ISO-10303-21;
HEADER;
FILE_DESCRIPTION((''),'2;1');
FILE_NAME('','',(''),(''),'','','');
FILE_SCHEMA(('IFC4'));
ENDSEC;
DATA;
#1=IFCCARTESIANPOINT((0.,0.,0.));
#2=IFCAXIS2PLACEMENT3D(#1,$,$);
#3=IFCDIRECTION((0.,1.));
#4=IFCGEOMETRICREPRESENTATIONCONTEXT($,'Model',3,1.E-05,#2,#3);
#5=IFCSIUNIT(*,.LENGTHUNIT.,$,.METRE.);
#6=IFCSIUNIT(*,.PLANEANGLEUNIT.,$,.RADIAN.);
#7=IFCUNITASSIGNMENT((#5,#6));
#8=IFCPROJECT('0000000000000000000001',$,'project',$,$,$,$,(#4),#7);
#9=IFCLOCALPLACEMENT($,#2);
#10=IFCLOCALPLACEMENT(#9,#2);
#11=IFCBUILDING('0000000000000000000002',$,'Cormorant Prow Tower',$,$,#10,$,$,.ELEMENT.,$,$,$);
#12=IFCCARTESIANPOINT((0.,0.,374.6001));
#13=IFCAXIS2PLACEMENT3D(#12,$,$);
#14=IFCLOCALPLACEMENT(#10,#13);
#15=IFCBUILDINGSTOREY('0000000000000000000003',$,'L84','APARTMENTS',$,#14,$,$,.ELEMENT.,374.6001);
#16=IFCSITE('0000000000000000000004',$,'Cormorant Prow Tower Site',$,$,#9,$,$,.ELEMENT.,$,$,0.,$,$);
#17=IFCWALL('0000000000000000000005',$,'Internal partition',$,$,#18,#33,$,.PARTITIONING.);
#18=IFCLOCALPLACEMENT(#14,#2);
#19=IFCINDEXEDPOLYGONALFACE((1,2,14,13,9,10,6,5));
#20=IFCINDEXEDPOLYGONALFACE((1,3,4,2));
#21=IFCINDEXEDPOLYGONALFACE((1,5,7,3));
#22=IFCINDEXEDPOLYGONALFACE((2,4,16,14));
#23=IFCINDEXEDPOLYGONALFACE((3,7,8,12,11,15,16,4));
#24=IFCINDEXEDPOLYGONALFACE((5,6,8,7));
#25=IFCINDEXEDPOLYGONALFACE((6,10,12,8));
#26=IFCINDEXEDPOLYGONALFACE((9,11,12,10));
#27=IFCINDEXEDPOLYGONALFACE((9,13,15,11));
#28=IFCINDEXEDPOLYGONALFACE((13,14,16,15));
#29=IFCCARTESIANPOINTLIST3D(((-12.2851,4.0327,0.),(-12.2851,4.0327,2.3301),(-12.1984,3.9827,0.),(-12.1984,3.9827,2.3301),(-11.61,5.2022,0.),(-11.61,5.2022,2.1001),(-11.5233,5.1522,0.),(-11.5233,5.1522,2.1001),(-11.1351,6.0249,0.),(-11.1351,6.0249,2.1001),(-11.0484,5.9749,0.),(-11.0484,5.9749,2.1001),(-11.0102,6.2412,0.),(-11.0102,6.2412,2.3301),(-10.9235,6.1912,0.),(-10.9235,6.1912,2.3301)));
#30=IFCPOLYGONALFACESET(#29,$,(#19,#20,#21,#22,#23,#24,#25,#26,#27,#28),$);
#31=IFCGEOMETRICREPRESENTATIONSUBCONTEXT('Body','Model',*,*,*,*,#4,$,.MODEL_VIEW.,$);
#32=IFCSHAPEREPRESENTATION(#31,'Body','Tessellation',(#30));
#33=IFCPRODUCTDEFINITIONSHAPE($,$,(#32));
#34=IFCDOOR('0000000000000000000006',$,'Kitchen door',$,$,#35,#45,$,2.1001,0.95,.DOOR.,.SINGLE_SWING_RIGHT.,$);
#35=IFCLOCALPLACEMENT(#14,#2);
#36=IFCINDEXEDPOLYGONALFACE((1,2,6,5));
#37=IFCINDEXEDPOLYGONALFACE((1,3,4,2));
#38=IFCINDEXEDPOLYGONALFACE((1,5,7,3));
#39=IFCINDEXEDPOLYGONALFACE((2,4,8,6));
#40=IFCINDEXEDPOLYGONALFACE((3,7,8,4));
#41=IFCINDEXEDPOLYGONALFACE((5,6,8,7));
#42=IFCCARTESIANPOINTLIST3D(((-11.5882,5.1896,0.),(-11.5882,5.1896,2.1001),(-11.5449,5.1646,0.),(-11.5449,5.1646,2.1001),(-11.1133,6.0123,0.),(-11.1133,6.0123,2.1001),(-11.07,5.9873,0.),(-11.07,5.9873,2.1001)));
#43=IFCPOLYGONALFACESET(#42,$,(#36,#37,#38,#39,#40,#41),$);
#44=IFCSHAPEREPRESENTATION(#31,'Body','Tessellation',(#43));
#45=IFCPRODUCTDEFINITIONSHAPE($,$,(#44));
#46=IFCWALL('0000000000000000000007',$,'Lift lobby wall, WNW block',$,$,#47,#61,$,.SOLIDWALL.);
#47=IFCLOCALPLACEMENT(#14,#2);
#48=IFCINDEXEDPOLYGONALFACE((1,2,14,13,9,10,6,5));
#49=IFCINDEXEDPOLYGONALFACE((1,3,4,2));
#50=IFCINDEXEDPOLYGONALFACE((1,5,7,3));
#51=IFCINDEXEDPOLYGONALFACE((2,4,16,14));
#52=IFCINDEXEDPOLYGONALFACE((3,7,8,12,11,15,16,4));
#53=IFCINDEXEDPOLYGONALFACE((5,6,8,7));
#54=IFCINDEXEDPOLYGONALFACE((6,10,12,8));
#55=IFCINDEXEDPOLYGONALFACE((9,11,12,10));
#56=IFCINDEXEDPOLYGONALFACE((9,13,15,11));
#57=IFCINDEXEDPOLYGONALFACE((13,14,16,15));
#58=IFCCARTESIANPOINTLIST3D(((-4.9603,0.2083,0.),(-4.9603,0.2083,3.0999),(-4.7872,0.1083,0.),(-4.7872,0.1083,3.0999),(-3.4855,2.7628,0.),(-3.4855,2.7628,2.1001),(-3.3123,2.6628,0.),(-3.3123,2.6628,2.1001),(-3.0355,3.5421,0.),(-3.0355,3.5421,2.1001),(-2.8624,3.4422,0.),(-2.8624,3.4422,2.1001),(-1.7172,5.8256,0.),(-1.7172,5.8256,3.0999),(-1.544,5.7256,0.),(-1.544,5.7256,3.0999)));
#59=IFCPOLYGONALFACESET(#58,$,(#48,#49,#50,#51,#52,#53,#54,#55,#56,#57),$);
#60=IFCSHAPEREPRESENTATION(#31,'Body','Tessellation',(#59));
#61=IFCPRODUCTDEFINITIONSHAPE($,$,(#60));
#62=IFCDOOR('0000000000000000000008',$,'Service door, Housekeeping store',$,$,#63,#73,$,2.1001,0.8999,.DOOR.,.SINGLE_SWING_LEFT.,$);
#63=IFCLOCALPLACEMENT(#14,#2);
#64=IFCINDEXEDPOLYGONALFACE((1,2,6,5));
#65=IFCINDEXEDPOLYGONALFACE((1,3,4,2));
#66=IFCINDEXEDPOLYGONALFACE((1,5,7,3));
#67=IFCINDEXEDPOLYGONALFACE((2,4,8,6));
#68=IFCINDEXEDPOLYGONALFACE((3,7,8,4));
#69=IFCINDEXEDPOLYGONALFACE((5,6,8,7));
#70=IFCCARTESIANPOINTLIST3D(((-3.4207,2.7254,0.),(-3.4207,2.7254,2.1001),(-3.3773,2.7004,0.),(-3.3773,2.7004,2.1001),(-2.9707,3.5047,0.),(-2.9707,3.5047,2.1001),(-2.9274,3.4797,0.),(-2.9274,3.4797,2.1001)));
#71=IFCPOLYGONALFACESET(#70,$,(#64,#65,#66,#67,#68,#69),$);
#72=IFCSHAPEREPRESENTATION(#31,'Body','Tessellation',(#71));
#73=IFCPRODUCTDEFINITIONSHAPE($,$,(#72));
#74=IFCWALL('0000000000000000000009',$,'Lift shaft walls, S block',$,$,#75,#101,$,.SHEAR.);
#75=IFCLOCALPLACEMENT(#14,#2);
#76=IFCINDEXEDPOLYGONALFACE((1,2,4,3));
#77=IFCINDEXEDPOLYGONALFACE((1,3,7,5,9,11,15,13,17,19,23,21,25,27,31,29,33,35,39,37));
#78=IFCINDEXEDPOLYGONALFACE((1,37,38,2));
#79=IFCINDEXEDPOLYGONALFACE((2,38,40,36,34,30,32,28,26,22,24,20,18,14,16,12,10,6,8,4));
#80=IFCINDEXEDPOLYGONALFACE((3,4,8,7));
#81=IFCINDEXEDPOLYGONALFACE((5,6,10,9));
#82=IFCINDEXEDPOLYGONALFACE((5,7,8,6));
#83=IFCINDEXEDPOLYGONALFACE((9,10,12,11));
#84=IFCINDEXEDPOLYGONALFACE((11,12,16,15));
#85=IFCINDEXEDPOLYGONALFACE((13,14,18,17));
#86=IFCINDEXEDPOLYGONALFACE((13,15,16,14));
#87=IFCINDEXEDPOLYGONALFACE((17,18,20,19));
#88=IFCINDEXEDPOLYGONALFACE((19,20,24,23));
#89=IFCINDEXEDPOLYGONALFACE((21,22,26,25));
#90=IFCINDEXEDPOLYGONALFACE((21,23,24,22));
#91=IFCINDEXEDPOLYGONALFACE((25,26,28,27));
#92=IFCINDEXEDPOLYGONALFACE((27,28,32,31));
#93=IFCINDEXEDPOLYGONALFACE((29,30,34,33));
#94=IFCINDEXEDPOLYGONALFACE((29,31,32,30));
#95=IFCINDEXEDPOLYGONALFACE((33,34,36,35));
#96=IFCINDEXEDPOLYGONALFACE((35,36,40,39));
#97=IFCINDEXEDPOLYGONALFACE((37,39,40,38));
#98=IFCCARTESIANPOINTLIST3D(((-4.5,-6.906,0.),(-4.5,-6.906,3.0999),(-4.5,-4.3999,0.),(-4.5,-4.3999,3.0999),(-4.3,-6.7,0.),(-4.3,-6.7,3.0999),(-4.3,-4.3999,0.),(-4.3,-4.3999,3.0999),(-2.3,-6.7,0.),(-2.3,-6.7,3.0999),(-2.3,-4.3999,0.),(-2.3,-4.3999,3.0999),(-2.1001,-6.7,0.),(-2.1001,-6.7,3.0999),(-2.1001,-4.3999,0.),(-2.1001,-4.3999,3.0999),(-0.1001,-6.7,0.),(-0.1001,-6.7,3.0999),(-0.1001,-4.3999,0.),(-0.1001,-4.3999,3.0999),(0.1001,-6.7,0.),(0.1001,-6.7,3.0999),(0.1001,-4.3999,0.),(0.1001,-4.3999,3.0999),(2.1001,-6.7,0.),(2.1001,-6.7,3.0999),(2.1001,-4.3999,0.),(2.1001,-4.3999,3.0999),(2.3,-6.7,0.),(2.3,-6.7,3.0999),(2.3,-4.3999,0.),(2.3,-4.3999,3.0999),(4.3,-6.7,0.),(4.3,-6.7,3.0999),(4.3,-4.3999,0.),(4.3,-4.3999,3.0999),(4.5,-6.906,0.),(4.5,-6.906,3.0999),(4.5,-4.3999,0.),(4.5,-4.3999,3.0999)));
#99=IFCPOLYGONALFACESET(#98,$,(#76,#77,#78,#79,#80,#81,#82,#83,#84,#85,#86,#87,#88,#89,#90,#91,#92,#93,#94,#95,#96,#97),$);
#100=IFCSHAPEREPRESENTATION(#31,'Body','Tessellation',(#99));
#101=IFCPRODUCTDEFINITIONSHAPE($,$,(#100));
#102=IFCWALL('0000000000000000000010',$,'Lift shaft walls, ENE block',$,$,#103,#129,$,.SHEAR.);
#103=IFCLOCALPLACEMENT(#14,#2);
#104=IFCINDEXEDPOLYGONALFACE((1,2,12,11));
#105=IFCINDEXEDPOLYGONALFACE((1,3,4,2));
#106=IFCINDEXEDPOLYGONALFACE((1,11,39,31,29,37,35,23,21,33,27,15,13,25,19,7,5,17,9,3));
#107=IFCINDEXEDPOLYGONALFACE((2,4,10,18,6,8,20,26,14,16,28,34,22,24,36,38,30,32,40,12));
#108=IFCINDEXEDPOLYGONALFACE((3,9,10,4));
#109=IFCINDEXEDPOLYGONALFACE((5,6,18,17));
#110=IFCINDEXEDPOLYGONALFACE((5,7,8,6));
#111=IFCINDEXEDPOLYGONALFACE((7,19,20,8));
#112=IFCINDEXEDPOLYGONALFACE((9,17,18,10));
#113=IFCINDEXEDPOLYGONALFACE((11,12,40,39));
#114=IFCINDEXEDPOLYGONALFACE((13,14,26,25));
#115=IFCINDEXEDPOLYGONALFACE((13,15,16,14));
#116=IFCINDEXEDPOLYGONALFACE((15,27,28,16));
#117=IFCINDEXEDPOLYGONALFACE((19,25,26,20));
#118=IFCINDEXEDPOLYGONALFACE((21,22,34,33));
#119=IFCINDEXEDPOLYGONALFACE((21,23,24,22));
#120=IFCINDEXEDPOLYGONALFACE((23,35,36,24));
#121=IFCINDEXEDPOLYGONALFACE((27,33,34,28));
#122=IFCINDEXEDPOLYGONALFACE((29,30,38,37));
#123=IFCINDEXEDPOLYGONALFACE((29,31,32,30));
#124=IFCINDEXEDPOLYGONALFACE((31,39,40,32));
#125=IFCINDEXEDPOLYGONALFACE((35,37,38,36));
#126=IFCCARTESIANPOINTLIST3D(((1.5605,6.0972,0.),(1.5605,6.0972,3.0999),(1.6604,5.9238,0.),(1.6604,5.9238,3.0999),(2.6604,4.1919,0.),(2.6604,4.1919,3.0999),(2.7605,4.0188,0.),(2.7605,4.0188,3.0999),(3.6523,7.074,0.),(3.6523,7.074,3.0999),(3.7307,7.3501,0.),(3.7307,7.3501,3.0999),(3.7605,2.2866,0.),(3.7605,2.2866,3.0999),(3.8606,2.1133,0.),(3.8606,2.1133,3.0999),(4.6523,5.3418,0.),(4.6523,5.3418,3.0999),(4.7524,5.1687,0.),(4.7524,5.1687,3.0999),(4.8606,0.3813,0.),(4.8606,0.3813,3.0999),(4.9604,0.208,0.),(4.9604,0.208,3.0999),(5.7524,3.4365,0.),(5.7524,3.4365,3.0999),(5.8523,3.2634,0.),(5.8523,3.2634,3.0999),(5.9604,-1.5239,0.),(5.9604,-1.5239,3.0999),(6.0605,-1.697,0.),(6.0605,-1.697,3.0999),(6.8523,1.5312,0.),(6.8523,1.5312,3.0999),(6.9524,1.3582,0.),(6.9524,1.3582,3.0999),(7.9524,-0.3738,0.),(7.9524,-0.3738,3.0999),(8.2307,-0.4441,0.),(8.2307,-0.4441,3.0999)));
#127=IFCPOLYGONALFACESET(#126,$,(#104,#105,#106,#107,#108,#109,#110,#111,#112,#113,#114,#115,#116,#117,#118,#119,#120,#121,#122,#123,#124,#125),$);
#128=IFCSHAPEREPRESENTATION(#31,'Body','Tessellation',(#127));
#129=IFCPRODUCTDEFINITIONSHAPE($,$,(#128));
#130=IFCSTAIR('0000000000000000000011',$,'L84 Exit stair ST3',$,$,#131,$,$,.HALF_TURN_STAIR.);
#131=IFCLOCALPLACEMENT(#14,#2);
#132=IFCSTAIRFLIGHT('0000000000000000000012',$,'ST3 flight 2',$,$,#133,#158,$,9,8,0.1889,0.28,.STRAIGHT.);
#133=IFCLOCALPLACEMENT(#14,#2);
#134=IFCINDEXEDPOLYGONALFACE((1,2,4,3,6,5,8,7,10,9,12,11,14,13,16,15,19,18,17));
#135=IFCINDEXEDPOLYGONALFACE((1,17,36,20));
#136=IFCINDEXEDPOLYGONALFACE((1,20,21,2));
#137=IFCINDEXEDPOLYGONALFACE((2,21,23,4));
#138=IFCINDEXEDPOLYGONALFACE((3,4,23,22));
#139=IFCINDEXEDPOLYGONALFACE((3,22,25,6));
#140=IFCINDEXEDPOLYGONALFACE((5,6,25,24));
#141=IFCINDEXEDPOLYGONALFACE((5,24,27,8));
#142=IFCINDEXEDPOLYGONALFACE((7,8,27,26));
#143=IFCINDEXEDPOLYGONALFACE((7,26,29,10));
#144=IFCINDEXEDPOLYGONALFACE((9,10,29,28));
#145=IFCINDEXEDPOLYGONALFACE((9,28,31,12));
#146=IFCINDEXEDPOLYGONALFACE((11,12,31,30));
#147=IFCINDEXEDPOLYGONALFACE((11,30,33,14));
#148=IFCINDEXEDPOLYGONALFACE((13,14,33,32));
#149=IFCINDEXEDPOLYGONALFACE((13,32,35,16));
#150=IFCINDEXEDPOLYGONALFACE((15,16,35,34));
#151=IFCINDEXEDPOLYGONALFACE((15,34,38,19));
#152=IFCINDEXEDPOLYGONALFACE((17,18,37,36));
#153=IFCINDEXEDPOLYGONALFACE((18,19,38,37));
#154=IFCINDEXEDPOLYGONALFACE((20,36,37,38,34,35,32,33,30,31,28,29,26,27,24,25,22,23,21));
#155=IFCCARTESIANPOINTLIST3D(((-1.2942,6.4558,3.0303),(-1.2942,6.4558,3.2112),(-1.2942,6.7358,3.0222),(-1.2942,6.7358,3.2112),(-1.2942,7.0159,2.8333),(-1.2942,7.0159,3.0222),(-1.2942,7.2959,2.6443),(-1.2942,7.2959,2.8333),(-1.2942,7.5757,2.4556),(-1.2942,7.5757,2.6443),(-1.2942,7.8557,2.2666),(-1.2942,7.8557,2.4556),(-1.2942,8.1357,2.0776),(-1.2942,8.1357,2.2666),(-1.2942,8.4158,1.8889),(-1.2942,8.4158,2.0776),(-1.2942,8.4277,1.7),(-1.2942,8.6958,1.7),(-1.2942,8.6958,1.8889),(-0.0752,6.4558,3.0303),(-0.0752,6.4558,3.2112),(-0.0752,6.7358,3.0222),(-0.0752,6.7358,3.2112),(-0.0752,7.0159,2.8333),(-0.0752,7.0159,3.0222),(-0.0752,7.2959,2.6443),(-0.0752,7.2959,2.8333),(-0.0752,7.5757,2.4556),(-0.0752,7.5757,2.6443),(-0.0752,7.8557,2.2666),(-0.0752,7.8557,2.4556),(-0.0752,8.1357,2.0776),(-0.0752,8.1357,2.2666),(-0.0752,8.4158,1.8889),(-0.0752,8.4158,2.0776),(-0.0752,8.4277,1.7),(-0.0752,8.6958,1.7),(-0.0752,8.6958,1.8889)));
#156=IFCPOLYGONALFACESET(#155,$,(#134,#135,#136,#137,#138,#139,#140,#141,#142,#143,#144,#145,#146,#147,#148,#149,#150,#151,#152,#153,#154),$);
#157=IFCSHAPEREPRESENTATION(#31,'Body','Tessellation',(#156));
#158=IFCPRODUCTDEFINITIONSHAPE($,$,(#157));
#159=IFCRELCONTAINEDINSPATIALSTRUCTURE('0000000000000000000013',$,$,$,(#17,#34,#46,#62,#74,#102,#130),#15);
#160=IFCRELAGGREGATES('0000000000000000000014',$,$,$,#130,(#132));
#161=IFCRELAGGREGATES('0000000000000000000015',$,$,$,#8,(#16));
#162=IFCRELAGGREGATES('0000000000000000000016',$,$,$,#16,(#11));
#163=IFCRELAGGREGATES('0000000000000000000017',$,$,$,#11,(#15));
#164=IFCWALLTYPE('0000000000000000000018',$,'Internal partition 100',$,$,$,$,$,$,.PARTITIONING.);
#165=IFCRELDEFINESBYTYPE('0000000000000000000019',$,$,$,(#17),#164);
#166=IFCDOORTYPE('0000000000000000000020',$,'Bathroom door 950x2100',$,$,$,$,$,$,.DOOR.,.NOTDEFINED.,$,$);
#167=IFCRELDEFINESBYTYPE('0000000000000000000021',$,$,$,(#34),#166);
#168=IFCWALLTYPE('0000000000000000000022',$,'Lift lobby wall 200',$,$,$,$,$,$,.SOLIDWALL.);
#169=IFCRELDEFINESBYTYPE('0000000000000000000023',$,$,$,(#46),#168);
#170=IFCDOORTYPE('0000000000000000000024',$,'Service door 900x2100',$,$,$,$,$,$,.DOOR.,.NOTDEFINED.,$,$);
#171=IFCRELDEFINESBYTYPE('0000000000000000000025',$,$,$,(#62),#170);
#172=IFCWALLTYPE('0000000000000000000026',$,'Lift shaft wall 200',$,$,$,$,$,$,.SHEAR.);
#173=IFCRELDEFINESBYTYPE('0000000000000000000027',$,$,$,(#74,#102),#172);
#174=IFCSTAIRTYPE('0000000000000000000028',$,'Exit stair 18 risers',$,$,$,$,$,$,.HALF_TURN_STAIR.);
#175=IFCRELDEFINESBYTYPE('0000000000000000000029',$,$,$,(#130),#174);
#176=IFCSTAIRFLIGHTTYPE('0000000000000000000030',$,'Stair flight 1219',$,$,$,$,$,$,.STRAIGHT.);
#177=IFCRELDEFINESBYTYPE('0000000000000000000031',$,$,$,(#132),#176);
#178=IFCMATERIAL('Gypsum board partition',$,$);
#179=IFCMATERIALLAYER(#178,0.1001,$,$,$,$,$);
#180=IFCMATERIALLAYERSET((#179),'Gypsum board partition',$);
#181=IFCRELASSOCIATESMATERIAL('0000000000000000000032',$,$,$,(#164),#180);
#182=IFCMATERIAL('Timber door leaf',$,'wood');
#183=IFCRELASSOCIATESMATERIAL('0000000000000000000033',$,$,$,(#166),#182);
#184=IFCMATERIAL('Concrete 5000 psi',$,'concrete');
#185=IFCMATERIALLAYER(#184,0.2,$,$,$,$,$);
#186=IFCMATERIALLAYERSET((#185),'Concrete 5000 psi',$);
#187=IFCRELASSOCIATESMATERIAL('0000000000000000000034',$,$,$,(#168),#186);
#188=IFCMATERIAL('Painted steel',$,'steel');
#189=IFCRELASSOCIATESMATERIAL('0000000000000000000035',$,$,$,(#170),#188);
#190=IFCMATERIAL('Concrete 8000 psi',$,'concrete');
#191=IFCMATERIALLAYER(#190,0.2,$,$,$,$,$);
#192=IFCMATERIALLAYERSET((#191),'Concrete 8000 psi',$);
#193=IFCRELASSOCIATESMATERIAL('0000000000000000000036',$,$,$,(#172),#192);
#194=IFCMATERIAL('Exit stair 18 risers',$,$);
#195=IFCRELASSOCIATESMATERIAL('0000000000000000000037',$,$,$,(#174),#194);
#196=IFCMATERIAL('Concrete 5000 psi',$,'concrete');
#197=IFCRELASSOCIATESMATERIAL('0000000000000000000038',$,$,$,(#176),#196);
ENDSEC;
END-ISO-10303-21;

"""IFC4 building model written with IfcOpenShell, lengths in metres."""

from ifc_helpers import new_model, si_unit, direction, frame, frame_2d, origin, place, context, subcontext, project, spatial, polyline, rectangle, outline, extrude, material, layer, layer_set, type_object, element, fill, aggregate, save


model = new_model("IFC4")

# Units and contexts
model_context = context("Model", 3, precision=1e-05, world=origin(), true_north=direction((0.0, 1.0)))
body_context = subcontext(model_context, "Body", "Model", "MODEL_VIEW")
ifc_project = project(units=[si_unit("LENGTHUNIT", "METRE"), si_unit("PLANEANGLEUNIT", "RADIAN")], contexts=[model_context])

# Site, building, storey
site_placement = place(None, origin())
site = spatial("IfcSite", under=ifc_project, at=site_placement, Name="Cormorant Prow Tower Site", CompositionType="ELEMENT", RefElevation=0.0)
building_placement = place(site_placement, origin())
building = spatial("IfcBuilding", under=site, at=building_placement, Name="Cormorant Prow Tower", CompositionType="ELEMENT")
storey_placement = place(building_placement, frame((0.0, 0.0, 374.6001)))
storey = spatial("IfcBuildingStorey", under=building, at=storey_placement, Name="L84", Description="APARTMENTS", CompositionType="ELEMENT", Elevation=374.6001)

# Walls, openings, doors
ifc_material_1 = material(Name="Gypsum board partition")
ifc_layer_1 = layer(ifc_material_1, 0.1001)
ifc_layer_set_1 = layer_set([ifc_layer_1], Name="Gypsum board partition")
wall_type_1 = type_object("IfcWallType", Name="Internal partition 100", PredefinedType="PARTITIONING", material=ifc_layer_set_1)
wall_1_placement = place(storey_placement, frame((-12.2417, 4.0078, 0.0), z_axis=(0.0, 0.0, 1.0), x_axis=(0.499949, 0.866055, 0.0)))
wall_1 = element("IfcWall", 1, at=wall_1_placement, inside=storey, type_object=wall_type_1, Name="Internal partition", PredefinedType="PARTITIONING", context=body_context, shape_type="SweptSolid", body=[
    extrude(rectangle(XDim=2.55, YDim=0.1001, at=frame_2d((1.2749, 0.0))), origin(), (0.0, 0.0, 1.0), 2.3301),
])
opening_1_placement = place(wall_1_placement, frame((1.3501, 0.0, 0.0)))
opening_1 = element("IfcOpeningElement", 2, at=opening_1_placement, cuts=wall_1, PredefinedType="OPENING", context=body_context, shape_type="SweptSolid", body=[
    extrude(rectangle(XDim=0.95, YDim=2.1001, at=frame_2d((0.4751, 1.05))), frame((0.0, 0.0601, 0.0), z_axis=(0.0, -1.0, 0.0), x_axis=(1.0, 0.0, 0.0)), (0.0, 0.0, 1.0), 0.1201),
])
ifc_material_2 = material(Name="Timber door leaf", Category="wood")
door_type_1 = type_object("IfcDoorType", Name="Bathroom door 950x2100", OperationType="NOTDEFINED", PredefinedType="DOOR", material=ifc_material_2)
door_1_placement = place(opening_1_placement, origin())
door_1 = element("IfcDoor", 3, at=door_1_placement, inside=storey, type_object=door_type_1, Name="Kitchen door", OperationType="SINGLE_SWING_RIGHT", OverallHeight=2.1001, OverallWidth=0.95, PredefinedType="DOOR", context=body_context, shape_type="SweptSolid", body=[
    extrude(rectangle(XDim=0.95, YDim=2.1001, at=frame_2d((0.4751, 1.05))), frame((0.0, 0.0249, 0.0), z_axis=(0.0, -1.0, 0.0), x_axis=(1.0, 0.0, 0.0)), (0.0, 0.0, 1.0), 0.05),
])
fill(opening_1, door_1)
ifc_material_3 = material(Name="Concrete 5000 psi", Category="concrete")
ifc_layer_2 = layer(ifc_material_3, 0.2)
ifc_layer_set_2 = layer_set([ifc_layer_2], Name="Concrete 5000 psi")
wall_type_2 = type_object("IfcWallType", Name="Lift lobby wall 200", PredefinedType="SOLIDWALL", material=ifc_layer_set_2)
wall_2_placement = place(storey_placement, frame((-1.6306, 5.7756, 0.0), z_axis=(0.0, 0.0, 1.0), x_axis=(-0.499993, -0.86603, 0.0)))
wall_2 = element("IfcWall", 4, at=wall_2_placement, inside=storey, type_object=wall_type_2, Name="Lift lobby wall, WNW block", PredefinedType="SOLIDWALL", context=body_context, shape_type="SweptSolid", body=[
    extrude(rectangle(XDim=6.4863, YDim=0.2, at=frame_2d((3.2432, 0.0))), origin(), (0.0, 0.0, 1.0), 3.0999),
])
opening_2_placement = place(wall_2_placement, frame((2.6367, 0.0, 0.0)))
opening_2 = element("IfcOpeningElement", 5, at=opening_2_placement, cuts=wall_2, PredefinedType="OPENING", context=body_context, shape_type="SweptSolid", body=[
    extrude(rectangle(XDim=0.8999, YDim=2.1001, at=frame_2d((0.45, 1.05))), frame((0.0, 0.1099, 0.0), z_axis=(0.0, -1.0, 0.0), x_axis=(1.0, 0.0, 0.0)), (0.0, 0.0, 1.0), 0.22),
])
ifc_material_4 = material(Name="Painted steel", Category="steel")
door_type_2 = type_object("IfcDoorType", Name="Service door 900x2100", OperationType="NOTDEFINED", PredefinedType="DOOR", material=ifc_material_4)
door_2_placement = place(opening_2_placement, origin())
door_2 = element("IfcDoor", 6, at=door_2_placement, inside=storey, type_object=door_type_2, Name="Service door, Housekeeping store", OperationType="SINGLE_SWING_LEFT", OverallHeight=2.1001, OverallWidth=0.8999, PredefinedType="DOOR", context=body_context, shape_type="SweptSolid", body=[
    extrude(rectangle(XDim=0.8999, YDim=2.1001, at=frame_2d((0.45, 1.05))), frame((0.0, 0.0249, 0.0), z_axis=(0.0, -1.0, 0.0), x_axis=(1.0, 0.0, 0.0)), (0.0, 0.0, 1.0), 0.05),
])
fill(opening_2, door_2)

# Walls
ifc_material_5 = material(Name="Concrete 8000 psi", Category="concrete")
ifc_layer_3 = layer(ifc_material_5, 0.2)
ifc_layer_set_3 = layer_set([ifc_layer_3], Name="Concrete 8000 psi")
wall_type_3 = type_object("IfcWallType", Name="Lift shaft wall 200", PredefinedType="SHEAR", material=ifc_layer_set_3)
wall_3_placement = place(storey_placement, origin())
element("IfcWall", 7, at=wall_3_placement, inside=storey, type_object=wall_type_3, Name="Lift shaft walls, S block", PredefinedType="SHEAR", context=body_context, shape_type="SweptSolid", body=[
    extrude(outline(polyline([(4.5, -4.3999), (4.5, -6.906), (-4.5, -6.906), (-4.5, -4.3999), (-4.3, -4.3999), (-4.3, -6.7), (-2.3, -6.7), (-2.3, -4.3999), (-2.1001, -4.3999), (-2.1001, -6.7), (-0.1001, -6.7), (-0.1001, -4.3999), (0.1001, -4.3999), (0.1001, -6.7), (2.1001, -6.7), (2.1001, -4.3999), (2.3, -4.3999), (2.3, -6.7), (4.3, -6.7), (4.3, -4.3999), (4.5, -4.3999)])), origin(), (0.0, 0.0, 1.0), 3.0999),
])
wall_4_placement = place(storey_placement, origin())
element("IfcWall", 8, at=wall_4_placement, inside=storey, type_object=wall_type_3, Name="Lift shaft walls, ENE block", PredefinedType="SHEAR", context=body_context, shape_type="SweptSolid", body=[
    extrude(outline(polyline([(1.5605, 6.0972), (3.7307, 7.3501), (8.2307, -0.4441), (6.0605, -1.697), (5.9604, -1.5239), (7.9524, -0.3738), (6.9524, 1.3582), (4.9604, 0.208), (4.8606, 0.3813), (6.8523, 1.5312), (5.8523, 3.2634), (3.8606, 2.1133), (3.7605, 2.2866), (5.7524, 3.4365), (4.7524, 5.1687), (2.7605, 4.0188), (2.6604, 4.1919), (4.6523, 5.3418), (3.6523, 7.074), (1.6604, 5.9238), (1.5605, 6.0972)])), origin(), (0.0, 0.0, 1.0), 3.0999),
])

# Stair, stair flight
ifc_material_6 = material(Name="Exit stair 18 risers")
stair_type = type_object("IfcStairType", Name="Exit stair 18 risers", PredefinedType="HALF_TURN_STAIR", material=ifc_material_6)
stair_placement = place(storey_placement, origin())
stair = element("IfcStair", 9, at=stair_placement, inside=storey, type_object=stair_type, Name="L84 Exit stair ST3", PredefinedType="HALF_TURN_STAIR")
ifc_material_7 = material(Name="Concrete 5000 psi", Category="concrete")
stair_flight_type = type_object("IfcStairFlightType", Name="Stair flight 1219", PredefinedType="STRAIGHT", material=ifc_material_7)
stair_flight_placement = place(storey_placement, frame((-0.6846, 8.6958, 1.7), z_axis=(0.0, 0.0, 1.0), x_axis=(0.0, -1.0, 0.0)))
stair_flight = element("IfcStairFlight", 10, at=stair_flight_placement, type_object=stair_flight_type, Name="ST3 flight 2", NumberOfRisers=9, NumberOfTreads=8, PredefinedType="STRAIGHT", RiserHeight=0.1889, TreadLength=0.28, context=body_context, shape_type="SweptSolid", body=[
    extrude(outline(polyline([(0.0, 0.0), (0.0, 0.189), (0.28, 0.189), (0.28, 0.3777), (0.5601, 0.3777), (0.5601, 0.5667), (0.8401, 0.5667), (0.8401, 0.7556), (1.1201, 0.7556), (1.1201, 0.9443), (1.3999, 0.9443), (1.3999, 1.1333), (1.6799, 1.1333), (1.6799, 1.3223), (1.96, 1.3223), (1.96, 1.5112), (2.24, 1.5112), (2.24, 1.7), (2.24, 1.3303), (0.2681, 0.0), (0.0, 0.0)])), frame((0.0, 0.6094, 0.0), z_axis=(0.0, -1.0, 0.0), x_axis=(1.0, 0.0, 0.0)), (0.0, 0.0, 1.0), 1.219),
])
aggregate(stair, [stair_flight])

save(model, "model.ifc")
